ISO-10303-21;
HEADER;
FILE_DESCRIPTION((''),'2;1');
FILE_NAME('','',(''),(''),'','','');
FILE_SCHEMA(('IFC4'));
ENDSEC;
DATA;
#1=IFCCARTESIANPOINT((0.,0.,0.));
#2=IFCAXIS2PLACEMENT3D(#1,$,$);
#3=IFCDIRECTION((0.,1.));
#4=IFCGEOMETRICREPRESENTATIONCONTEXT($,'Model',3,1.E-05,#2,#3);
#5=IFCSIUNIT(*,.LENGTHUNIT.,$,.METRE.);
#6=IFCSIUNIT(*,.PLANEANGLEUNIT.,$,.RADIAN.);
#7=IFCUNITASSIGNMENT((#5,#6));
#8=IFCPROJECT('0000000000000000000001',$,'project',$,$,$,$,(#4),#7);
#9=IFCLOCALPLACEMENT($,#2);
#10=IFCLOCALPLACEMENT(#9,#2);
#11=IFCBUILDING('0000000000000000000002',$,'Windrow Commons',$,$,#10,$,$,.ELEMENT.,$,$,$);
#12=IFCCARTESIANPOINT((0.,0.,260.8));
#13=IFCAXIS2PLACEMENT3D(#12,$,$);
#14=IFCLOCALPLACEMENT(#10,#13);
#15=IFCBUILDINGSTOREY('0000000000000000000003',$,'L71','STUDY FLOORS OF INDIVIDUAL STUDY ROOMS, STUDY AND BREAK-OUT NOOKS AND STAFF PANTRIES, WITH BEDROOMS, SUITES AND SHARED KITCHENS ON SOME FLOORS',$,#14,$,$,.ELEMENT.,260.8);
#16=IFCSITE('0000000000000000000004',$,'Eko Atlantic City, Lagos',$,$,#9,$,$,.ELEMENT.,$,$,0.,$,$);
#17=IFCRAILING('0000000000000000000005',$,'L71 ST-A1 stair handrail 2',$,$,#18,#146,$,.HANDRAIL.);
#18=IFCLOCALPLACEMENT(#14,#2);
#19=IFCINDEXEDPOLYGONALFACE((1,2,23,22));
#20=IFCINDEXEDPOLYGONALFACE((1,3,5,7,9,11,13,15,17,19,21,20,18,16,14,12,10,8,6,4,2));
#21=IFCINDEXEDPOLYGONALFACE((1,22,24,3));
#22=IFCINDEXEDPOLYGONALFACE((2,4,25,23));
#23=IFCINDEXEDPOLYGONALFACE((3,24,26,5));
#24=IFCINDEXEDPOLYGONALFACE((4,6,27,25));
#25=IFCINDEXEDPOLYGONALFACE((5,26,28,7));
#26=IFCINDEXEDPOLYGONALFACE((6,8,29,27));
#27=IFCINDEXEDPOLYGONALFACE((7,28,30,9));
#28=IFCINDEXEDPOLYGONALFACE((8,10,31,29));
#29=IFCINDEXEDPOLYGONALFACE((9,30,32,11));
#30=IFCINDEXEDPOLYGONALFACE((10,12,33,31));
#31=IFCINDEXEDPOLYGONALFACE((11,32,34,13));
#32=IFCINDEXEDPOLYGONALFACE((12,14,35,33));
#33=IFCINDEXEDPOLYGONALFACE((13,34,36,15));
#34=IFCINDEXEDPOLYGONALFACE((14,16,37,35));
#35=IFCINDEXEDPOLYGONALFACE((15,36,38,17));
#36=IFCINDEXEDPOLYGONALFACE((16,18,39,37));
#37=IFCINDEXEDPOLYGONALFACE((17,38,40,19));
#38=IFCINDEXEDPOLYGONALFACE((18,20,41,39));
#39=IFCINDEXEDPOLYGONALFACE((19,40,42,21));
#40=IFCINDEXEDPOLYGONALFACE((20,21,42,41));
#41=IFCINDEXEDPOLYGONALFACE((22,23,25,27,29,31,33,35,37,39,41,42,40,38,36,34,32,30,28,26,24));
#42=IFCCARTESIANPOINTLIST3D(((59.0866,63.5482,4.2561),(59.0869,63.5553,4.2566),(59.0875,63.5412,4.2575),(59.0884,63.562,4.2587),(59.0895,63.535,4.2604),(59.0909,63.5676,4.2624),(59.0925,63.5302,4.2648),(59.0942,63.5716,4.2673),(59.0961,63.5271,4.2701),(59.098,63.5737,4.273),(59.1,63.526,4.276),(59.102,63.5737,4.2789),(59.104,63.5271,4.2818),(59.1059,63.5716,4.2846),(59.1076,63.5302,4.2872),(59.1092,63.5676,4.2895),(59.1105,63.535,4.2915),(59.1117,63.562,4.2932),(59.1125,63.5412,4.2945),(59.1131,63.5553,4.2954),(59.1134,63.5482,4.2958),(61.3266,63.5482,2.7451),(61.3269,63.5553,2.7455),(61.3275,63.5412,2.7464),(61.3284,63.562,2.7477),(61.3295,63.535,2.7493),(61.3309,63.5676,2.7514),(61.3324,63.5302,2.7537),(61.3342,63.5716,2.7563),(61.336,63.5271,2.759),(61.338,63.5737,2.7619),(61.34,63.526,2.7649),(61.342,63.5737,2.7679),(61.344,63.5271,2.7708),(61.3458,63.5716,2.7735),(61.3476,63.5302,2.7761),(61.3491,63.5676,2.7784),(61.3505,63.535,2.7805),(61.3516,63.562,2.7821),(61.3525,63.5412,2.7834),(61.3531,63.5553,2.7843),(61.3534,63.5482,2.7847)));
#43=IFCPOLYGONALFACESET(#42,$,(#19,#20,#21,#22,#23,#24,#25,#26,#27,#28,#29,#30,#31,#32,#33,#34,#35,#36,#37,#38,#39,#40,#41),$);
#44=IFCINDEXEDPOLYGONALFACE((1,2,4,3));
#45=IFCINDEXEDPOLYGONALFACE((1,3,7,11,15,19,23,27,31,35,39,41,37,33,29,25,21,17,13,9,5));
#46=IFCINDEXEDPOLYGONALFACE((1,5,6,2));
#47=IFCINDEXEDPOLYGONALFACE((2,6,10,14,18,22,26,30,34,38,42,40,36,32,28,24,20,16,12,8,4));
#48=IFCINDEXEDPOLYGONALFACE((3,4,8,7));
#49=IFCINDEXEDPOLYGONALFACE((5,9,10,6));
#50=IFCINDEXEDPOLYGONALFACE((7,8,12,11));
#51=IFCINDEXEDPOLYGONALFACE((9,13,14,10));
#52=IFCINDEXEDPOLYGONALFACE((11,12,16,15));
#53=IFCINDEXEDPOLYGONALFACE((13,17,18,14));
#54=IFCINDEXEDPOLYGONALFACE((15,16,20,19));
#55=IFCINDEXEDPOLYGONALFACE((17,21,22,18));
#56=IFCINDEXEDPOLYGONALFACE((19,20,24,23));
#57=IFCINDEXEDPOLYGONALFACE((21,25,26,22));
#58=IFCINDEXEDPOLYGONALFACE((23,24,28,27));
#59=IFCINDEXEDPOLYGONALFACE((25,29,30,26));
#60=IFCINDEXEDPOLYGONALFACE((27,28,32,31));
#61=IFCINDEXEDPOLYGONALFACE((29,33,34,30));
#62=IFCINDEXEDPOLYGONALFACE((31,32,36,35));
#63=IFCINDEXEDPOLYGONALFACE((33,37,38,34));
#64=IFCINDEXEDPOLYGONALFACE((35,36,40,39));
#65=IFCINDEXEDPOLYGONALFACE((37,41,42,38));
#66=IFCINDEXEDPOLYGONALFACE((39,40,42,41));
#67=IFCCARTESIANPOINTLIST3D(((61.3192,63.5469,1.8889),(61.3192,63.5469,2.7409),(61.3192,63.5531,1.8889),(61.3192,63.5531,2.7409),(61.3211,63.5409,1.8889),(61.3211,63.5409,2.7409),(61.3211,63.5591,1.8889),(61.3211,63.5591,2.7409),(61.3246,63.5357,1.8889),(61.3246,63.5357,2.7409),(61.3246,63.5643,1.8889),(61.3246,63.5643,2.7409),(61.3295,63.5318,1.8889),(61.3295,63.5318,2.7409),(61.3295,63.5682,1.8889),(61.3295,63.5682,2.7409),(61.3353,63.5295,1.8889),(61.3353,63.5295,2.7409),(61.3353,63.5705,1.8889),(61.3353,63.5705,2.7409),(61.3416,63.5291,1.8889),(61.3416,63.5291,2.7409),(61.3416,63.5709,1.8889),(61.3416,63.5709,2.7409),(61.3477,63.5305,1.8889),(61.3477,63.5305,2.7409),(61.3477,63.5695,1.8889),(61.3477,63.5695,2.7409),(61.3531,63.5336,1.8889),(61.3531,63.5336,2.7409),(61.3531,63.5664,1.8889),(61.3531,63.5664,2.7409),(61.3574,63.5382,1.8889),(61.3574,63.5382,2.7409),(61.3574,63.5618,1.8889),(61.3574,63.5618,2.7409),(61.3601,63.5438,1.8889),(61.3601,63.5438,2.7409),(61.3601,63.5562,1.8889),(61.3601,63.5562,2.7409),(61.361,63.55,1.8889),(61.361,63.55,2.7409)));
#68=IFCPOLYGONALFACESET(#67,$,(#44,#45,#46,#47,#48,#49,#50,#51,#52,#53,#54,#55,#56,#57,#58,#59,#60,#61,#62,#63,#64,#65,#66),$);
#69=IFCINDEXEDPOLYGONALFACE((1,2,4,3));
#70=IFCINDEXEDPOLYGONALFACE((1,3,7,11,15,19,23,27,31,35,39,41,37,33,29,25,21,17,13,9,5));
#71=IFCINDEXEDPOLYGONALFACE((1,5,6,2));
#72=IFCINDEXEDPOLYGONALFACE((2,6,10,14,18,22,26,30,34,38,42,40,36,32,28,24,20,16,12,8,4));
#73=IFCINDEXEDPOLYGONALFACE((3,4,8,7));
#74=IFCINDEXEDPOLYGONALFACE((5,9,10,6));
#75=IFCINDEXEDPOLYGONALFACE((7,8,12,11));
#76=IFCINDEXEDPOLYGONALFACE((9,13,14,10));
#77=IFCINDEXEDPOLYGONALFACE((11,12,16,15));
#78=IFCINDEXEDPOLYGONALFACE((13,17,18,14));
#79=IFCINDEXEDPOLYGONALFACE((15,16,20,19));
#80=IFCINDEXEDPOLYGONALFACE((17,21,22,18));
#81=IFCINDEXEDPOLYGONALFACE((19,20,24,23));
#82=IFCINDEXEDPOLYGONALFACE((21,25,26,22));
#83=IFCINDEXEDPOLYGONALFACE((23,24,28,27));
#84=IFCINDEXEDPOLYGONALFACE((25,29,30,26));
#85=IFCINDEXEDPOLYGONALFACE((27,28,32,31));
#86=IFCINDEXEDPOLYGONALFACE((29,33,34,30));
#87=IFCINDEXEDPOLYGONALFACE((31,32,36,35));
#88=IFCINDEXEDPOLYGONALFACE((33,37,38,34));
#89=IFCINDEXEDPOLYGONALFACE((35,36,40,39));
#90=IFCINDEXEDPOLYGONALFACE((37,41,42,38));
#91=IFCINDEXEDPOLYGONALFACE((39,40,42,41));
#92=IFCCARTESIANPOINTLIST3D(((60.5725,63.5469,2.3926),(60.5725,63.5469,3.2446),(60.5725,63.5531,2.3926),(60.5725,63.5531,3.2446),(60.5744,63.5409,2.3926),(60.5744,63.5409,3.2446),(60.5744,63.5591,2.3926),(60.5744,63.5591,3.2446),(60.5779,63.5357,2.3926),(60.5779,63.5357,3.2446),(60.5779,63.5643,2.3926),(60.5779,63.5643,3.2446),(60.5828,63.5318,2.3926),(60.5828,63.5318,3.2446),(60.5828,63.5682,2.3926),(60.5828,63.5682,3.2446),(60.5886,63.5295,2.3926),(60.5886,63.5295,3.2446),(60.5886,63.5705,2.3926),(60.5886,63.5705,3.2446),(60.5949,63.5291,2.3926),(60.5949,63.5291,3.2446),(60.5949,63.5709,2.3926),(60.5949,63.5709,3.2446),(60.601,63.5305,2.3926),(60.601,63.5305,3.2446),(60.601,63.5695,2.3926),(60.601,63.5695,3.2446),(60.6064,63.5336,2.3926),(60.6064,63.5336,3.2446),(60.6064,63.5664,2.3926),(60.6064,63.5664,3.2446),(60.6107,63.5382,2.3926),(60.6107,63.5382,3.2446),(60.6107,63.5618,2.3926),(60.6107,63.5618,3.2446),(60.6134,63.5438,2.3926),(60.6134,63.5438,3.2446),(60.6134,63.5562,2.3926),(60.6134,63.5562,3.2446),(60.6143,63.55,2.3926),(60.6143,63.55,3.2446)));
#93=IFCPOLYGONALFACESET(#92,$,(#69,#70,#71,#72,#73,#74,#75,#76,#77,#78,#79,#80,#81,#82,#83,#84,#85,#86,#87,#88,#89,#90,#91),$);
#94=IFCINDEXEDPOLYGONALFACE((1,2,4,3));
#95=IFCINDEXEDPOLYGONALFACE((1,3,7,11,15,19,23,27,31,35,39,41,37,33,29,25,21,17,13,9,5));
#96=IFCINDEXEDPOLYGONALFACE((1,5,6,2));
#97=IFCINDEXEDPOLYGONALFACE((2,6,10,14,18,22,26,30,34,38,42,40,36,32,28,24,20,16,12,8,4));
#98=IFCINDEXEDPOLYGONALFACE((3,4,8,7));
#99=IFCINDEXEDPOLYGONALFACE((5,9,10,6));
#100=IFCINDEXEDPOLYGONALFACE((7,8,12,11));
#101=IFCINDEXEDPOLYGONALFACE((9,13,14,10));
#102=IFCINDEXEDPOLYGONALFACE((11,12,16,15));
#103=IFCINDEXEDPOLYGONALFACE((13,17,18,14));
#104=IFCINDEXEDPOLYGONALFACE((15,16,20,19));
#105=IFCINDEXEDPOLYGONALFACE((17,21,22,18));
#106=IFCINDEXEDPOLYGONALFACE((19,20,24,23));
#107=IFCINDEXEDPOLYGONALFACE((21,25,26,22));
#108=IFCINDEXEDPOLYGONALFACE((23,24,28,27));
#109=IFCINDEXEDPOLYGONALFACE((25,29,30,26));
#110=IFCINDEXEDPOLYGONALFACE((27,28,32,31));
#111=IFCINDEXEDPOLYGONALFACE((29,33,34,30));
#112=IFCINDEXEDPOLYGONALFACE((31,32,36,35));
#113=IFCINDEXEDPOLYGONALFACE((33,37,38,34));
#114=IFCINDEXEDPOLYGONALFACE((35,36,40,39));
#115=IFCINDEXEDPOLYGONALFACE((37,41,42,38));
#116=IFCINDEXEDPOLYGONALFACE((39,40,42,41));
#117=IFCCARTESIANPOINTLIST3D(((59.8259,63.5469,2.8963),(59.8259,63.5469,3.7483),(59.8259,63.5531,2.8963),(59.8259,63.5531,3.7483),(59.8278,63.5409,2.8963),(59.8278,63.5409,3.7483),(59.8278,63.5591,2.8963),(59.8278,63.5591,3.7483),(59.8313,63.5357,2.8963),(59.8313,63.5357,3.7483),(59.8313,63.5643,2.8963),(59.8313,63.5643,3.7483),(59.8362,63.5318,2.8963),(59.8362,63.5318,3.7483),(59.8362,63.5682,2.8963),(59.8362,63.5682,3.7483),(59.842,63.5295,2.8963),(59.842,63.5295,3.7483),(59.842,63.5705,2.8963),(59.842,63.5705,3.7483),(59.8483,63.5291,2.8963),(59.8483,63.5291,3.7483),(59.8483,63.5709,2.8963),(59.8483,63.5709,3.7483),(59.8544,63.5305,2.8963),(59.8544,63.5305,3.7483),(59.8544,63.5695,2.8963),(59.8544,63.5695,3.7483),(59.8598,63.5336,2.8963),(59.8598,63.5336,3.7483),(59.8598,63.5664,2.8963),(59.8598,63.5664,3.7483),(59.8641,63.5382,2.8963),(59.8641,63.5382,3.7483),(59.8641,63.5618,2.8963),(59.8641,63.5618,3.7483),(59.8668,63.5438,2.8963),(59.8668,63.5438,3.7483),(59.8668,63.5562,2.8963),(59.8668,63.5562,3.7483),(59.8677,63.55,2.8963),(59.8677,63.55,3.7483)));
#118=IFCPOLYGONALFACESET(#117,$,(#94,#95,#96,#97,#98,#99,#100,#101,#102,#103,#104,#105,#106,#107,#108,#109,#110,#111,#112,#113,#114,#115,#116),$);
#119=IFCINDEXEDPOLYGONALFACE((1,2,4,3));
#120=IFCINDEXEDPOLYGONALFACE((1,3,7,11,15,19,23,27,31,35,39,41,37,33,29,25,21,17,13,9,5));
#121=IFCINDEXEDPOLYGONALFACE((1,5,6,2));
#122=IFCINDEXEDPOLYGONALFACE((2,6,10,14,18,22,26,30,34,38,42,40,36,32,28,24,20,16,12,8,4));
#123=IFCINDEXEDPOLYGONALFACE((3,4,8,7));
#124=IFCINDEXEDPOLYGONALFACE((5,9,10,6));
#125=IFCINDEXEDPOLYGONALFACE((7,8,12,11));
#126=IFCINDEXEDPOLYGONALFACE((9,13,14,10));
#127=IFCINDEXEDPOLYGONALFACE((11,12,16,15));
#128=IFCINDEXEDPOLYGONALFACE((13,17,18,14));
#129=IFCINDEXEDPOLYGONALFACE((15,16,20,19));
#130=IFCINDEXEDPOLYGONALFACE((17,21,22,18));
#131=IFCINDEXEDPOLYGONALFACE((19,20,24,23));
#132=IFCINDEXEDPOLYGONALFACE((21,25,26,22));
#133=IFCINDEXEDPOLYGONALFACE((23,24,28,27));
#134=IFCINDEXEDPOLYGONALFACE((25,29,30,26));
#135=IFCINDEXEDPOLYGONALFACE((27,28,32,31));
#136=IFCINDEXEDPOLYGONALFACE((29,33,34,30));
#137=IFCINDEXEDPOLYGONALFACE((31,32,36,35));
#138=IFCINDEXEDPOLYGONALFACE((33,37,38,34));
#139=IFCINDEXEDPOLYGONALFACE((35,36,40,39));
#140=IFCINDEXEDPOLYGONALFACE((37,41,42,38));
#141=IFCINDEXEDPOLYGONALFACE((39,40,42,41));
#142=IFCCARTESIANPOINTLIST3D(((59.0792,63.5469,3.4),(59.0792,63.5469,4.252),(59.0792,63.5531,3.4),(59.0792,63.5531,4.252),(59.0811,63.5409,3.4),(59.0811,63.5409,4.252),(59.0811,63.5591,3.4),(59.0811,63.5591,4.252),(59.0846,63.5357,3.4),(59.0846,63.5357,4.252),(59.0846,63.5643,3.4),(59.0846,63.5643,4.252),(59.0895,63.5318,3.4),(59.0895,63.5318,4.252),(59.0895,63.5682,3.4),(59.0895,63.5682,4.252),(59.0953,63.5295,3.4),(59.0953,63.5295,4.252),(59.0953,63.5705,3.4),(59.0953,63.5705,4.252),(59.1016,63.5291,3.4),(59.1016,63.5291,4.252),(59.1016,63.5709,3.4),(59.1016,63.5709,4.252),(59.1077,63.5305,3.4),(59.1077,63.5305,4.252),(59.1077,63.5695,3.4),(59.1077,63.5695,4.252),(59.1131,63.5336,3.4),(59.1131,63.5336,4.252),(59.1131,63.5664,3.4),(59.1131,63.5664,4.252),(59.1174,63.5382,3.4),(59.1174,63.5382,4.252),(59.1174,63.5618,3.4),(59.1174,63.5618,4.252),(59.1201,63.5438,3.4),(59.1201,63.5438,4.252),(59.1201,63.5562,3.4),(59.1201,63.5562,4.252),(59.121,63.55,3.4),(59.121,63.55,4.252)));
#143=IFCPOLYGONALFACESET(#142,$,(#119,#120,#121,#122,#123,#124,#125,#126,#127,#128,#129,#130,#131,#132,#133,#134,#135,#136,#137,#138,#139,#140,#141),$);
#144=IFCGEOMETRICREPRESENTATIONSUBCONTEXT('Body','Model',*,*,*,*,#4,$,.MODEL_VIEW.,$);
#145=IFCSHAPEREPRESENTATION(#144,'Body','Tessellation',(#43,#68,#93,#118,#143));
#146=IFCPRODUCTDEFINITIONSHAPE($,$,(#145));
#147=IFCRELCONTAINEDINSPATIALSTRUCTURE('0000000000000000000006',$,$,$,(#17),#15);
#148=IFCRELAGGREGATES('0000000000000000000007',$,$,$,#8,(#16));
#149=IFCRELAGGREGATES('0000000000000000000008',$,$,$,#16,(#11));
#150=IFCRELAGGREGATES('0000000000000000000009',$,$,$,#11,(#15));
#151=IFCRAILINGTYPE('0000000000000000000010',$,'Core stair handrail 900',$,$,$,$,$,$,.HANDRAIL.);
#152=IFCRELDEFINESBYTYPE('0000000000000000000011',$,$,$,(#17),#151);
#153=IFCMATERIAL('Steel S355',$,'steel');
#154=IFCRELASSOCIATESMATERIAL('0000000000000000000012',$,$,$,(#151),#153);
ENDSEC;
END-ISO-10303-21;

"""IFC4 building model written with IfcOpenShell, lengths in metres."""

from ifc_helpers import new_model, si_unit, direction, frame, origin, origin_2d, place, context, subcontext, project, spatial, circle, extrude, material, type_object, element, save


model = new_model("IFC4")

# Units and contexts
model_context = context("Model", 3, precision=1e-05, world=origin(), true_north=direction((0.0, 1.0)))
body_context = subcontext(model_context, "Body", "Model", "MODEL_VIEW")
ifc_project = project(units=[si_unit("LENGTHUNIT", "METRE"), si_unit("PLANEANGLEUNIT", "RADIAN")], contexts=[model_context])

# Site, building, storey
site_placement = place(None, origin())
site = spatial("IfcSite", under=ifc_project, at=site_placement, Name="Eko Atlantic City, Lagos", CompositionType="ELEMENT", RefElevation=0.0)
building_placement = place(site_placement, origin())
building = spatial("IfcBuilding", under=site, at=building_placement, Name="Windrow Commons", CompositionType="ELEMENT")
storey_placement = place(building_placement, frame((0.0, 0.0, 260.8)))
storey = spatial("IfcBuildingStorey", under=building, at=storey_placement, Name="L71", Description="STUDY FLOORS OF INDIVIDUAL STUDY ROOMS, STUDY AND BREAK-OUT NOOKS AND STAFF PANTRIES, WITH BEDROOMS, SUITES AND SHARED KITCHENS ON SOME FLOORS", CompositionType="ELEMENT", Elevation=260.8)

# Railing
ifc_material_1 = material(Name="Steel S355", Category="steel")
railing_type_1 = type_object("IfcRailingType", Name="Core stair handrail 900", PredefinedType="HANDRAIL", material=ifc_material_1)
railing_1_placement = place(storey_placement, frame((61.34, 63.55, 1.8889)))
element("IfcRailing", 1, at=railing_1_placement, inside=storey, type_object=railing_type_1, Name="L71 ST-A1 stair handrail 2", PredefinedType="HANDRAIL", context=body_context, shape_type="SweptSolid", body=[
    extrude(circle(Radius=0.024, at=origin_2d()), frame((0.0, 0.0, 0.876), z_axis=(-0.829003, 0.0, 0.559244), x_axis=(0.0, -1.0, 0.0)), (0.0, 0.0, 1.0), 2.702),
    extrude(circle(Radius=0.021, at=origin_2d()), origin(), (0.0, 0.0, 1.0), 0.852),
    extrude(circle(Radius=0.021, at=origin_2d()), frame((-0.7467, 0.0, 0.5037)), (0.0, 0.0, 1.0), 0.852),
    extrude(circle(Radius=0.021, at=origin_2d()), frame((-1.4933, 0.0, 1.0074)), (0.0, 0.0, 1.0), 0.852),
    extrude(circle(Radius=0.021, at=origin_2d()), frame((-2.24, 0.0, 1.5111)), (0.0, 0.0, 1.0), 0.852),
])

save(model, "model.ifc")
